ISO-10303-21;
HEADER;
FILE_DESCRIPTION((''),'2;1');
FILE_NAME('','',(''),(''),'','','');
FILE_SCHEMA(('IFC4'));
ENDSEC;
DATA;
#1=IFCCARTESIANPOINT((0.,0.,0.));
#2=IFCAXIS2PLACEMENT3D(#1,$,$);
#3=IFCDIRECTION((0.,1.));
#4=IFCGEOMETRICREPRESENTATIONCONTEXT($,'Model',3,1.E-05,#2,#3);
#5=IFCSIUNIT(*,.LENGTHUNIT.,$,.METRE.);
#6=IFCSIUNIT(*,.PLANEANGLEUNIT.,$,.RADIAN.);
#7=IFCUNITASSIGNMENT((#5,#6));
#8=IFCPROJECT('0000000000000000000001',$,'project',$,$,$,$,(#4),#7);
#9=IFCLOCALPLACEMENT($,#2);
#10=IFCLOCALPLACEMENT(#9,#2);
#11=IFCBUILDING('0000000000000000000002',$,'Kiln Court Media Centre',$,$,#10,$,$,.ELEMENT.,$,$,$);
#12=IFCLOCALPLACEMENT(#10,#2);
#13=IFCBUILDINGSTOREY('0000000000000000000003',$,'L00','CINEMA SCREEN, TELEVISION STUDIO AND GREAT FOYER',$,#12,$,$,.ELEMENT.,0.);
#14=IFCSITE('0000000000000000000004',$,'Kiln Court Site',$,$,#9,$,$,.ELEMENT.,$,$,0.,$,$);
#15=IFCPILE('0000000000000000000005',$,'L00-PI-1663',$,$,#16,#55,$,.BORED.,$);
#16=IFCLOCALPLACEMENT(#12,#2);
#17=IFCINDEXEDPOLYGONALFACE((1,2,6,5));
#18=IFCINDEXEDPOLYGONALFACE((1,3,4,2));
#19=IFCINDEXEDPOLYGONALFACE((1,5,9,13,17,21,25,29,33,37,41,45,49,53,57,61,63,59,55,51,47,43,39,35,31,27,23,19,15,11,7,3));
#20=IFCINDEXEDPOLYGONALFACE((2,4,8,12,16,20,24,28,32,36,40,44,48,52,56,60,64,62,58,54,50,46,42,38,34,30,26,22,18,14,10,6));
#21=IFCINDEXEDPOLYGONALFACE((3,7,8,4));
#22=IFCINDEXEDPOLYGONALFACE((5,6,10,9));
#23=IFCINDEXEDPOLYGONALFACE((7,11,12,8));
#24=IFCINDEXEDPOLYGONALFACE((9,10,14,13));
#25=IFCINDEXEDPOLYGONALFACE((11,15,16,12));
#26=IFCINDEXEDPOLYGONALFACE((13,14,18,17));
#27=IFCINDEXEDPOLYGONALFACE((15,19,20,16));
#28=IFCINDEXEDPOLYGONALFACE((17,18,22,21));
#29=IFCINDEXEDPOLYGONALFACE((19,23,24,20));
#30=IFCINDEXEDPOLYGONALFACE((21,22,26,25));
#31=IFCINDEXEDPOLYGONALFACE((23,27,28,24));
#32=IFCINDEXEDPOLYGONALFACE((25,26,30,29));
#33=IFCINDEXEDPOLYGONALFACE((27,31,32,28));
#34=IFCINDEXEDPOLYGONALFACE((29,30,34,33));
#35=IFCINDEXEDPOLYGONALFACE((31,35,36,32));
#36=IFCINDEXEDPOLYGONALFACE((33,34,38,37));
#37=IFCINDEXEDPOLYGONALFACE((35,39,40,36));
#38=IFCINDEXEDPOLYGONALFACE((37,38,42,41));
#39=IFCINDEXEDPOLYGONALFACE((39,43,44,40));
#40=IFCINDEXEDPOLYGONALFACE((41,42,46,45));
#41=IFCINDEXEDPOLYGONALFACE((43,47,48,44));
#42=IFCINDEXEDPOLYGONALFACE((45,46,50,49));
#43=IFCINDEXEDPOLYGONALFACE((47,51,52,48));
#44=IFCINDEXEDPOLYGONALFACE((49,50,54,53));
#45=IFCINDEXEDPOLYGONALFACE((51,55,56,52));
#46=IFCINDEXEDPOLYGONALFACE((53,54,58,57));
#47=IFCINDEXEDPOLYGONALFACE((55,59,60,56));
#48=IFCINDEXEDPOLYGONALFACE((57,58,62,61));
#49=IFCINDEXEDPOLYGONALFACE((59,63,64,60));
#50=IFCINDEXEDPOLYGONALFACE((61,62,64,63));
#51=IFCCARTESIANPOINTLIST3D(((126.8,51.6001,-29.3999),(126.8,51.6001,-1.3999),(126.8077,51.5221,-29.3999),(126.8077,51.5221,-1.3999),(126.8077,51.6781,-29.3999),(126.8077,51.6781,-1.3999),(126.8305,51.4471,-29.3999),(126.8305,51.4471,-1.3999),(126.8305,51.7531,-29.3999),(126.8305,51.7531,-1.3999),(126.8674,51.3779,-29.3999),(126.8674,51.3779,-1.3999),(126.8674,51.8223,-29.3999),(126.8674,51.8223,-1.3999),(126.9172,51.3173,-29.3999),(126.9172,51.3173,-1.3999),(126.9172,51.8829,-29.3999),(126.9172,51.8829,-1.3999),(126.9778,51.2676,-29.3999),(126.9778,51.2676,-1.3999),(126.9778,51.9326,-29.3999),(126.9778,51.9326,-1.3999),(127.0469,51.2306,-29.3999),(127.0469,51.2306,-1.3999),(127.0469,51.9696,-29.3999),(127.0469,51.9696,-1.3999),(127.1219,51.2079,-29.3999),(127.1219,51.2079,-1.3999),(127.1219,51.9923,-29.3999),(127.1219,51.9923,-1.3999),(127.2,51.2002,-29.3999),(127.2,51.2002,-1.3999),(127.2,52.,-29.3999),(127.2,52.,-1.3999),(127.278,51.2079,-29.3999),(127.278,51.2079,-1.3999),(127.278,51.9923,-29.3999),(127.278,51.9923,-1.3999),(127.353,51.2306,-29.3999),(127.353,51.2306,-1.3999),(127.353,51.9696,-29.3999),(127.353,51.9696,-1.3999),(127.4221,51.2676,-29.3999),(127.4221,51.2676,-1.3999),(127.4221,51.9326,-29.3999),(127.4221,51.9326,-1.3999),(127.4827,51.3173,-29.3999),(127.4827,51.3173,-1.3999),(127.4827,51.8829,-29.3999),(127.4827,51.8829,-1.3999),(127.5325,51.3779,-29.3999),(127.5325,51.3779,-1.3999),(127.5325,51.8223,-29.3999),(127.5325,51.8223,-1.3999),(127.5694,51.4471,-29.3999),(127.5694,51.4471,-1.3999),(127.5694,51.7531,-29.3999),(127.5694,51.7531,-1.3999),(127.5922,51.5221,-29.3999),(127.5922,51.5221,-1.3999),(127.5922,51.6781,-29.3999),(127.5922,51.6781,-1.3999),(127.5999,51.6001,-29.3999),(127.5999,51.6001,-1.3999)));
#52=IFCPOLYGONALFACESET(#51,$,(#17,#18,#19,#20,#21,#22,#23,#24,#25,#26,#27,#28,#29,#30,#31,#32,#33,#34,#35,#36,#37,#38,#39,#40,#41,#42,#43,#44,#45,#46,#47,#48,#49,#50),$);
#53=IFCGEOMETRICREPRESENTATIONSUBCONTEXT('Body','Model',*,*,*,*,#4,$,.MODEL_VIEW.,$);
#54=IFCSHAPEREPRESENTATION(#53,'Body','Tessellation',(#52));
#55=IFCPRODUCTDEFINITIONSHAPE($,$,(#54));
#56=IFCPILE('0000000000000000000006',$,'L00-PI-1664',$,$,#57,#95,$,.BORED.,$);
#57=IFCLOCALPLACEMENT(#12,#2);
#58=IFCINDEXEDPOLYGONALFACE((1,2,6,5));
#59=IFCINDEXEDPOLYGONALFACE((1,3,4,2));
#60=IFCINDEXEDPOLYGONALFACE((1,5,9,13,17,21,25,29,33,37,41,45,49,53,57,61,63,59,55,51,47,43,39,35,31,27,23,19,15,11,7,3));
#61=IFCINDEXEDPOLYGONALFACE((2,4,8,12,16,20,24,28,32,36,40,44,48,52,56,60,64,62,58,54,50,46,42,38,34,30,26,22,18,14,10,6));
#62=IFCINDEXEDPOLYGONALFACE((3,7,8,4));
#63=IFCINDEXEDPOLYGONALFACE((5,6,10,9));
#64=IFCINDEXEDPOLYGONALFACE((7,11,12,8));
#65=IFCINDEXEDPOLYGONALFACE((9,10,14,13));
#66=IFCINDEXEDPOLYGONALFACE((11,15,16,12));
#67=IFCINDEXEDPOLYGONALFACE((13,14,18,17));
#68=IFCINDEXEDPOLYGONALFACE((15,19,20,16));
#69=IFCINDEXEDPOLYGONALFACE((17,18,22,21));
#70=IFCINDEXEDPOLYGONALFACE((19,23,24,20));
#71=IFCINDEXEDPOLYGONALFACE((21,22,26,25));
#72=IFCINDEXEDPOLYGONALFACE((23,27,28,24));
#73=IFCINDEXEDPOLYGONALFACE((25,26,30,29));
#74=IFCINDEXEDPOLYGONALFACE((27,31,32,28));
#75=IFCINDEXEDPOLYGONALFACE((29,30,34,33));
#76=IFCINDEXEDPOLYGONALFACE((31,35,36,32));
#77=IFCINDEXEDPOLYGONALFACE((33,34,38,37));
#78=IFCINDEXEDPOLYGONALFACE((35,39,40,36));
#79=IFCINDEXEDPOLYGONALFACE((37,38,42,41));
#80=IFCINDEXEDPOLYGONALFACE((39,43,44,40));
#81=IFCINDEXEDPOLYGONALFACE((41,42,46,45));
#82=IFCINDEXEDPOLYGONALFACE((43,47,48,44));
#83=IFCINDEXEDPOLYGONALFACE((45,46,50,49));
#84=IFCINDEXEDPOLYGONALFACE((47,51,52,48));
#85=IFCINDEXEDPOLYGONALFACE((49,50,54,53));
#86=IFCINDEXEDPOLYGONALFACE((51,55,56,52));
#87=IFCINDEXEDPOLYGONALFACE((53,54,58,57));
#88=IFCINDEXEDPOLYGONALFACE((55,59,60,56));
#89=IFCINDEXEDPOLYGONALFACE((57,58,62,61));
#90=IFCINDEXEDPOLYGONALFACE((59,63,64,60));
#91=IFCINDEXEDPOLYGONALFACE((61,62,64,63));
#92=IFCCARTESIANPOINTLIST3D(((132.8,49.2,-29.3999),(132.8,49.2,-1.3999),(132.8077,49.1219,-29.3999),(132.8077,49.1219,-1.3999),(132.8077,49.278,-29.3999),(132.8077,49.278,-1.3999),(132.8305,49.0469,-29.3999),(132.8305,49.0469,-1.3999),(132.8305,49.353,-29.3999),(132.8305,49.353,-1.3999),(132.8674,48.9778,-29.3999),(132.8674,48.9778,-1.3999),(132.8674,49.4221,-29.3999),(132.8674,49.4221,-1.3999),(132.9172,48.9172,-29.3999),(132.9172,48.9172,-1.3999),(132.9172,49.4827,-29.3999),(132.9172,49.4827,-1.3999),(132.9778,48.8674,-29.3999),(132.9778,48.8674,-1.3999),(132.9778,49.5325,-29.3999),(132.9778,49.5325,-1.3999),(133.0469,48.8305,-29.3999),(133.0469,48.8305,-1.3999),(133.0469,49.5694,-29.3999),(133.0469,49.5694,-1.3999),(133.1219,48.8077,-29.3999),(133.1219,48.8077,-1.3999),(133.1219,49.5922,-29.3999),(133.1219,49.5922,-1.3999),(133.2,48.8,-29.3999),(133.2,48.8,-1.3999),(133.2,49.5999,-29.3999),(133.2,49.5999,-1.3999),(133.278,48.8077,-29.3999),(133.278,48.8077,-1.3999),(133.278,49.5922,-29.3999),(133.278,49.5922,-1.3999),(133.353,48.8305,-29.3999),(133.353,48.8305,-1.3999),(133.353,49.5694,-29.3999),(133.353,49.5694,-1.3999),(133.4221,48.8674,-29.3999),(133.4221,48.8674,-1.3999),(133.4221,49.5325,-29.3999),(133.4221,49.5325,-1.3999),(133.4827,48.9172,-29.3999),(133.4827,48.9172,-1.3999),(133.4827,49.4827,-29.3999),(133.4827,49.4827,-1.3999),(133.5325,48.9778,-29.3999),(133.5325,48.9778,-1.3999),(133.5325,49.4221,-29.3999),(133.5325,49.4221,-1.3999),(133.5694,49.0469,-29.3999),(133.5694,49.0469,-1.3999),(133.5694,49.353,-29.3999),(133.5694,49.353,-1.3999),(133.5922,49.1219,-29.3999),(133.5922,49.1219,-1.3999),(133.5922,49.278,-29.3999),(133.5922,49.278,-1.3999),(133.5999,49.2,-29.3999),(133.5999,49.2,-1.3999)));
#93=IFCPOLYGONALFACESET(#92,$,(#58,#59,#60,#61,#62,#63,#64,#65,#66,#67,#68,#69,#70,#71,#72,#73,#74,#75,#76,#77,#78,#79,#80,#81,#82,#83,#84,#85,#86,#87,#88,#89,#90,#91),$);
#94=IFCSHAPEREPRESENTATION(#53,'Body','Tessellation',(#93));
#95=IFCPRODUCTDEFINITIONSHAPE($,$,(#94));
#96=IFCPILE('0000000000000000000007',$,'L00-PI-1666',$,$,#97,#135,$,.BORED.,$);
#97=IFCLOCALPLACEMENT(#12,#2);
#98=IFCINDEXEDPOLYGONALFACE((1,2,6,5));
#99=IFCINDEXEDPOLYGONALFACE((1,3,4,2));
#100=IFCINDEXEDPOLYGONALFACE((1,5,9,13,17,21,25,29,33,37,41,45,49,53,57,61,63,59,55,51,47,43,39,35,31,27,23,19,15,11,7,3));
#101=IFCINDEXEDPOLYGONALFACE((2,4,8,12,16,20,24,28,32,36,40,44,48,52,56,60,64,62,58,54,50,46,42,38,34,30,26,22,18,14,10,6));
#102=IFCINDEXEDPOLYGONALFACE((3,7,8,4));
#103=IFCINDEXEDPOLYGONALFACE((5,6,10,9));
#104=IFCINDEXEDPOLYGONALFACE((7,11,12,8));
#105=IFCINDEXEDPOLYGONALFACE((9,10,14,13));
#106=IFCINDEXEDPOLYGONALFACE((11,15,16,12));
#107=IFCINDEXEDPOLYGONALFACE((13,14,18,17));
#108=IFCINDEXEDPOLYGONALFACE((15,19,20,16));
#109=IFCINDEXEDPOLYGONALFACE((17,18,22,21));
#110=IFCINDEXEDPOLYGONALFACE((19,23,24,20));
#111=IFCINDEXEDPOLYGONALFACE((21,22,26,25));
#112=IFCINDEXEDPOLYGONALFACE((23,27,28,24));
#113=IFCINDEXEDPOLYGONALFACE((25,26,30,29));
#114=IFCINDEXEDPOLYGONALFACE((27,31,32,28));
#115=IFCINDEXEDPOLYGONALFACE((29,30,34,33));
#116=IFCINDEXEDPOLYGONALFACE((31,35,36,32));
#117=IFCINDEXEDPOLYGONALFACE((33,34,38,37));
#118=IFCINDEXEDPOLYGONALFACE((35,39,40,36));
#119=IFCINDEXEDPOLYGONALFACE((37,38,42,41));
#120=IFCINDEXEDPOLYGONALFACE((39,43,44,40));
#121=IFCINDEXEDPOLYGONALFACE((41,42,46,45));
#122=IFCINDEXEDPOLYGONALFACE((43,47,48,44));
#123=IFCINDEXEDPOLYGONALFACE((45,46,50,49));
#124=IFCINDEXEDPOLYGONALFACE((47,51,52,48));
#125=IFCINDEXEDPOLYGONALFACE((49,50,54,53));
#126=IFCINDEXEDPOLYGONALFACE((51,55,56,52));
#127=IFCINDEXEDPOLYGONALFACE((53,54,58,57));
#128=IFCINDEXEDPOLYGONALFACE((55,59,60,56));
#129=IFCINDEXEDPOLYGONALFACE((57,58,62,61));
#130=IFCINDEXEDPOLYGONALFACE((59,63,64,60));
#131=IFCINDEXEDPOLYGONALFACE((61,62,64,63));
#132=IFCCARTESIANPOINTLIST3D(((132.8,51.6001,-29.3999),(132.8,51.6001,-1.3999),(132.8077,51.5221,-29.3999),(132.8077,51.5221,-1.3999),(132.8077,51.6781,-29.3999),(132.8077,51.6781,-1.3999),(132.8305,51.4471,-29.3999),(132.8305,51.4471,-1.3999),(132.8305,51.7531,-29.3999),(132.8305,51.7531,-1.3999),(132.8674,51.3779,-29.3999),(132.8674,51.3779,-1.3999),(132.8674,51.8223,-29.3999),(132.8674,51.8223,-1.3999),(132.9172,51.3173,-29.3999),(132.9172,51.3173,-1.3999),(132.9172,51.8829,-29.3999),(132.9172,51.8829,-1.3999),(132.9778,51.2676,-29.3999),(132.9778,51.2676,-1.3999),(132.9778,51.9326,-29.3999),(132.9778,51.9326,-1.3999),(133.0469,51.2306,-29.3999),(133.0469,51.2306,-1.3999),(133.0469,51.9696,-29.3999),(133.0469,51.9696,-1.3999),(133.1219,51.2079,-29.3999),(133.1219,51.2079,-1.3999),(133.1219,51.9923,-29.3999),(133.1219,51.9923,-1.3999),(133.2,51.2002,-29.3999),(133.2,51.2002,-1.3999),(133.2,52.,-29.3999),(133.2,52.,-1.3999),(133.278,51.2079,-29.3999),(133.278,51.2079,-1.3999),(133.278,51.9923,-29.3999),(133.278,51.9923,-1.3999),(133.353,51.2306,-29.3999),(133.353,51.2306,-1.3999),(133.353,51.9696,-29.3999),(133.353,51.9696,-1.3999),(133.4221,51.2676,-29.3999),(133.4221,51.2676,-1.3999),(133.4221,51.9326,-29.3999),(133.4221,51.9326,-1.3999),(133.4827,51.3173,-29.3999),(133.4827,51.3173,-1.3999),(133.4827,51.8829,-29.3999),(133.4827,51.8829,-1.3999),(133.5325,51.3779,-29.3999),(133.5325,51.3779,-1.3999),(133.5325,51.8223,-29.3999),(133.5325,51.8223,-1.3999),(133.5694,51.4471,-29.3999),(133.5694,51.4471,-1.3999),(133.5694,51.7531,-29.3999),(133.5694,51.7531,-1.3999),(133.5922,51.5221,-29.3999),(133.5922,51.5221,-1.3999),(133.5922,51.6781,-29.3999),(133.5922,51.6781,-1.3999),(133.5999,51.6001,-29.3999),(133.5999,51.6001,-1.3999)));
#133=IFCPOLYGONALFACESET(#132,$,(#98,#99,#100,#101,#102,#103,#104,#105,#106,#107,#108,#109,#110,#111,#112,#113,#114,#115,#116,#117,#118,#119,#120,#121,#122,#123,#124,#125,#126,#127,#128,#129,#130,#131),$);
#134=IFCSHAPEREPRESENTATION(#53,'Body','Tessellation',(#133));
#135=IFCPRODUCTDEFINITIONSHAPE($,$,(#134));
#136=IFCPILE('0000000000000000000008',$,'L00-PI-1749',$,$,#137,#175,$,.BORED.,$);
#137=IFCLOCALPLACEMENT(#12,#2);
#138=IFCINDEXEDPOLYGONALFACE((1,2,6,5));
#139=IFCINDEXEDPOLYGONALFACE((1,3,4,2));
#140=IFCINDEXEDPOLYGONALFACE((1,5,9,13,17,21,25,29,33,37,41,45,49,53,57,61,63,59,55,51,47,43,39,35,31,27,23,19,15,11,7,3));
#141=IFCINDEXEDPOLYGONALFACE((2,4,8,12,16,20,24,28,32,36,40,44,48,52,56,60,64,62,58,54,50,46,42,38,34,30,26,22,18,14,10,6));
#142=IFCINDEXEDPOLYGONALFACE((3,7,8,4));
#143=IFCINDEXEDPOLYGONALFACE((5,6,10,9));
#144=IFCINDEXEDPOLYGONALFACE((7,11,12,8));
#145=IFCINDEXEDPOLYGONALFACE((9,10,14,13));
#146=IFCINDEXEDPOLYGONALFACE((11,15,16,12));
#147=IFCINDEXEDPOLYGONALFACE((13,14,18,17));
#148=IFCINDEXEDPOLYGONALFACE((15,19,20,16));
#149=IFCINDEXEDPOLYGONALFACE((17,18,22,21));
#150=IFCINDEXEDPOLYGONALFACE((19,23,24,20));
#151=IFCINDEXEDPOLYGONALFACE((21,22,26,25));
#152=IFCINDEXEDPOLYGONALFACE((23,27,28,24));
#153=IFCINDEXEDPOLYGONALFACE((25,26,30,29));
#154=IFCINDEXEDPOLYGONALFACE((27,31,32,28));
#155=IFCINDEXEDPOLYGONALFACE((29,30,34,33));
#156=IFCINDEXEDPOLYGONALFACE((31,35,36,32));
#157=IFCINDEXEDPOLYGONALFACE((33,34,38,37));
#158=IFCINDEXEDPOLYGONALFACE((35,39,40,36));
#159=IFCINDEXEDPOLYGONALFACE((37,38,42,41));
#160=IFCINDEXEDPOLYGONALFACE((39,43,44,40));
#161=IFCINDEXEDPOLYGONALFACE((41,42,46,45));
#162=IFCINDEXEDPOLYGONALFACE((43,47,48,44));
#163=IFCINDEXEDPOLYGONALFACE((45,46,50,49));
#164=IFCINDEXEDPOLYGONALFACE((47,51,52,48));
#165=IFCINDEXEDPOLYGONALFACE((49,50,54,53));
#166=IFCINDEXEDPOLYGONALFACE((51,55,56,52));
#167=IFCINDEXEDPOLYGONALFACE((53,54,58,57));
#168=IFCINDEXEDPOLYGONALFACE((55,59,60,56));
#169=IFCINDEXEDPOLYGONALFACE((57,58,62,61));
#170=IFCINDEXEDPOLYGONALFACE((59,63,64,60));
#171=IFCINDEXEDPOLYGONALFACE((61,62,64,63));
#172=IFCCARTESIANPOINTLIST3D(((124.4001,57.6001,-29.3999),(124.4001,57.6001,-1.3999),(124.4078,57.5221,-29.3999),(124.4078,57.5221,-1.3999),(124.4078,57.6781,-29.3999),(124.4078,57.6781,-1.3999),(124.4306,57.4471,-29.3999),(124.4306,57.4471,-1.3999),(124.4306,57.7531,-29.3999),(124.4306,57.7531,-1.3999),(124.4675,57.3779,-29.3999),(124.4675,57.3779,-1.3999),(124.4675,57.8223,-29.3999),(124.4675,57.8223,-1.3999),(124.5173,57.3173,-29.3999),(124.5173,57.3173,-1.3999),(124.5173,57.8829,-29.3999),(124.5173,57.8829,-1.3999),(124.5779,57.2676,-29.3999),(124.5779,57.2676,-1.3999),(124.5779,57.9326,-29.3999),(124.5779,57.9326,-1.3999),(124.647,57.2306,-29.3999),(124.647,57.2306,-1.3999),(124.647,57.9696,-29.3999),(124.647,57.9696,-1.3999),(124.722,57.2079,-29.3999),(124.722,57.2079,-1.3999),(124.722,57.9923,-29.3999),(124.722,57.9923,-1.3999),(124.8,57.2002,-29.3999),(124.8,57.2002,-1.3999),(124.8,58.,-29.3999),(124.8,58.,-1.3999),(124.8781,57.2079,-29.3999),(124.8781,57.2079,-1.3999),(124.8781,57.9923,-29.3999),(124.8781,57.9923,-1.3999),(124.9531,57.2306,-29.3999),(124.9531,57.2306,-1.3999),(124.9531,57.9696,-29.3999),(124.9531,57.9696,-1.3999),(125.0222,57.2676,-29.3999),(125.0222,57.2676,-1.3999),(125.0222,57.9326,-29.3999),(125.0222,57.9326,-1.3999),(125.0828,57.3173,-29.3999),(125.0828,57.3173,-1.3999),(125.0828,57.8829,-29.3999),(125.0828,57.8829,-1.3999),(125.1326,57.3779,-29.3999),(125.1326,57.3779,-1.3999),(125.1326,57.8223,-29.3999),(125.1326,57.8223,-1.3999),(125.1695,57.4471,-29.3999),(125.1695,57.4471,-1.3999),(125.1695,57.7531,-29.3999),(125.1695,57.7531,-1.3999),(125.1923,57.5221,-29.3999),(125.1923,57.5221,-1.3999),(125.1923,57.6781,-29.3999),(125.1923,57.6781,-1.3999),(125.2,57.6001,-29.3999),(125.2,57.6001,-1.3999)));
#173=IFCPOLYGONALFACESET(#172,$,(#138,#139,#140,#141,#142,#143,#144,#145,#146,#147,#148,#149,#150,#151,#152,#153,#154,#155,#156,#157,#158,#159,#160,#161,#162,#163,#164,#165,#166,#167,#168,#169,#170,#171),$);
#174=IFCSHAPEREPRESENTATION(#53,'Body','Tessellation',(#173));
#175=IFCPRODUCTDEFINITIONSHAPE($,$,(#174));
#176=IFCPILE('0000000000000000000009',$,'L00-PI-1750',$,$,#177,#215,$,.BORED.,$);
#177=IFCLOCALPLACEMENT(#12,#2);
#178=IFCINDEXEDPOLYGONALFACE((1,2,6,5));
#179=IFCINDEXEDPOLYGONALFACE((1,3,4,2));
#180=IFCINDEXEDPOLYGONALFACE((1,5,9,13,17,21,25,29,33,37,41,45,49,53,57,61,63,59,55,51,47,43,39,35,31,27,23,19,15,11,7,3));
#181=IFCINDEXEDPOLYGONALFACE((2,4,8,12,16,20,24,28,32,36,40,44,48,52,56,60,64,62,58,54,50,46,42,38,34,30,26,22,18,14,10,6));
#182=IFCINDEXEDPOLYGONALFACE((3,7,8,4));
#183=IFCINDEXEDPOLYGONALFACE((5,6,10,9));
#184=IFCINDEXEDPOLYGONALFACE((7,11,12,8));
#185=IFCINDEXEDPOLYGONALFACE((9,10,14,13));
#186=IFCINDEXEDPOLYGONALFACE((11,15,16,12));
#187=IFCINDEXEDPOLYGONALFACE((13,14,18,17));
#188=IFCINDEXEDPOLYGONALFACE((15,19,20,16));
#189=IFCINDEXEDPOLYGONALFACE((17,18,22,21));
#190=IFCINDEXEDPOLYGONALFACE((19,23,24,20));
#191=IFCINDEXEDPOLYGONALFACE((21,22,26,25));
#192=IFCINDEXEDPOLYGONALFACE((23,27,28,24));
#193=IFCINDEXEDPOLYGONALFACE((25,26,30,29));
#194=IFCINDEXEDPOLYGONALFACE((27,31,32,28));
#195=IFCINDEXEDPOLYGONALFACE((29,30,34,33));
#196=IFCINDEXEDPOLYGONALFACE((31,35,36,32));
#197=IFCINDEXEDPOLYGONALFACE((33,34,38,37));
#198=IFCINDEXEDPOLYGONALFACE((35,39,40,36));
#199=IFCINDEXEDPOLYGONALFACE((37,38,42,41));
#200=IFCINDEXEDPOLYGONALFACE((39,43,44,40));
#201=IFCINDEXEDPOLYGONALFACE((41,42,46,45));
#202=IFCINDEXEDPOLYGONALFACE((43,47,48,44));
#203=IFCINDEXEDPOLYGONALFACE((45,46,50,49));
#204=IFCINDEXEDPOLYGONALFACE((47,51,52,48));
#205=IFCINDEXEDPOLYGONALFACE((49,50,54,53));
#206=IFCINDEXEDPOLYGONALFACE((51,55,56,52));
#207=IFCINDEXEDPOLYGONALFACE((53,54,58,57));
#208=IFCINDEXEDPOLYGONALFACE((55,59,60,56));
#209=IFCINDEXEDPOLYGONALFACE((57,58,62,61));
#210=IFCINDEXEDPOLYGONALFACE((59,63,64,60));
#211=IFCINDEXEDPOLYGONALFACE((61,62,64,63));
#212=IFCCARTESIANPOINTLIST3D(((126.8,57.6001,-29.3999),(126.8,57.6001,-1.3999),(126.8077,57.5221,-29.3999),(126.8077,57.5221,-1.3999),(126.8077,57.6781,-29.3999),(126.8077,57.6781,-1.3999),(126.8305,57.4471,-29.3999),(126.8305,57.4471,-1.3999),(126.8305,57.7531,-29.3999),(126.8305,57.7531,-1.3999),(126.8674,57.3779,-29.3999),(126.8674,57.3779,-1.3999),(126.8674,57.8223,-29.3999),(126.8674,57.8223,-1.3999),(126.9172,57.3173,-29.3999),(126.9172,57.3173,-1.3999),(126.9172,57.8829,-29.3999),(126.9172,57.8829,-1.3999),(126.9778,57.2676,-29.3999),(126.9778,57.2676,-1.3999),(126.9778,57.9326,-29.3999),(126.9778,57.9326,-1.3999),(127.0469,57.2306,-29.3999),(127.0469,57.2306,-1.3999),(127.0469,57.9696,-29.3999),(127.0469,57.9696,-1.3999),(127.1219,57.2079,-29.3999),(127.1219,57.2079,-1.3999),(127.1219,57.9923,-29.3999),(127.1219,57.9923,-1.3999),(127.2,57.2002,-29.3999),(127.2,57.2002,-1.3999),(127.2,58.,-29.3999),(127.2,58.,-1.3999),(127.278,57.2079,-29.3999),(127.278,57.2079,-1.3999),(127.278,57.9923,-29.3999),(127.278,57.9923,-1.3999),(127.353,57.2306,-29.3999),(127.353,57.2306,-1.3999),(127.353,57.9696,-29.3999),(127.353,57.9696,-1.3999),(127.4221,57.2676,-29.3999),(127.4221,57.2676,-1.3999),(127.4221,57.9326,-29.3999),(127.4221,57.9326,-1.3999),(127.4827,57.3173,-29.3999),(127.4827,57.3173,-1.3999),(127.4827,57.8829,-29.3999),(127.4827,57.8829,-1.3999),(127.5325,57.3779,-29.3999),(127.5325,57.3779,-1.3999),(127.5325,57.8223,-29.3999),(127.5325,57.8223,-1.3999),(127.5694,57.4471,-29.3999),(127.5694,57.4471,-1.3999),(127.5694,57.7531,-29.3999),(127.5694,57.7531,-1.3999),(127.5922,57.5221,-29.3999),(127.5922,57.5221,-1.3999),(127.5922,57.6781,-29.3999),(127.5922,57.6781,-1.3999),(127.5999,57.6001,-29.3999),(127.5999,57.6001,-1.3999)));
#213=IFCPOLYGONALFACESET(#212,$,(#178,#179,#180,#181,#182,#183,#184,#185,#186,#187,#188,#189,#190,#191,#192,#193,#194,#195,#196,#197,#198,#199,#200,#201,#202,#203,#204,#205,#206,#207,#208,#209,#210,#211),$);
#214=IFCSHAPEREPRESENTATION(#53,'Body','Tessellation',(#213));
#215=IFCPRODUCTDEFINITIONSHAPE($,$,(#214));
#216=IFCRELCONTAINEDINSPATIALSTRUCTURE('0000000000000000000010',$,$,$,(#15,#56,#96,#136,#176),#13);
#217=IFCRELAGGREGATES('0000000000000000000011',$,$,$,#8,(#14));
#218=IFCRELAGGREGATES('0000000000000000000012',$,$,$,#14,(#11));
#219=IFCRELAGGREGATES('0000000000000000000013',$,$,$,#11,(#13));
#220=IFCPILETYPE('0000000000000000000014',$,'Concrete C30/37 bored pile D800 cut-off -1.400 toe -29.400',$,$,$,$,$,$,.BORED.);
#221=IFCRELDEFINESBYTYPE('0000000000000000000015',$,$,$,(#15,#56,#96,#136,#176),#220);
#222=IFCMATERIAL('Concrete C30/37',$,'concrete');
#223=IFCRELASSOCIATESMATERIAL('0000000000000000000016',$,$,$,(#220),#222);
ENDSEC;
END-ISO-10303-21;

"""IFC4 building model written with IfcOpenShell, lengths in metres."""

from ifc_helpers import new_model, si_unit, direction, frame, origin, origin_2d, place, context, subcontext, project, spatial, circle, extrude, material, material_profile, profile_set, type_object, element, save


model = new_model("IFC4")

# Units and contexts
model_context = context("Model", 3, precision=1e-05, world=origin(), true_north=direction((0.0, 1.0)))
body_context = subcontext(model_context, "Body", "Model", "MODEL_VIEW")
ifc_project = project(units=[si_unit("LENGTHUNIT", "METRE"), si_unit("PLANEANGLEUNIT", "RADIAN")], contexts=[model_context])

# Site, building, storey
site_placement = place(None, origin())
site = spatial("IfcSite", under=ifc_project, at=site_placement, Name="Kiln Court Site", CompositionType="ELEMENT", RefElevation=0.0)
building_placement = place(site_placement, origin())
building = spatial("IfcBuilding", under=site, at=building_placement, Name="Kiln Court Media Centre", CompositionType="ELEMENT")
storey_placement = place(building_placement, origin())
storey = spatial("IfcBuildingStorey", under=building, at=storey_placement, Name="L00", Description="CINEMA SCREEN, TELEVISION STUDIO AND GREAT FOYER", CompositionType="ELEMENT", Elevation=0.0)

# Piles
ifc_material_1 = material(Name="Concrete C30/37", Category="concrete")
ifc_material_profile_1 = material_profile(ifc_material_1, circle(Radius=0.3999, at=origin_2d()), Name="PILE D800")
ifc_profile_set_1 = profile_set([ifc_material_profile_1], Name="Concrete C30/37")
pile_type = type_object("IfcPileType", Name="Concrete C30/37 bored pile D800 cut-off -1.400 toe -29.400", PredefinedType="BORED", material=ifc_profile_set_1)
for number, where, z_axis, x_axis, name in (
    (1, (127.2, 51.6001, -1.3999), (0.0, 0.0, -1.0), (1.0, 0.0, 0.0), "L00-PI-1663"),
    (2, (133.2, 49.2, -1.3999), (0.0, 0.0, -1.0), (1.0, 0.0, 0.0), "L00-PI-1664"),
    (3, (133.2, 51.6001, -1.3999), (0.0, 0.0, -1.0), (1.0, 0.0, 0.0), "L00-PI-1666"),
    (4, (124.8, 57.6001, -1.3999), (0.0, 0.0, -1.0), (1.0, 0.0, 0.0), "L00-PI-1749"),
    (5, (127.2, 57.6001, -1.3999), (0.0, 0.0, -1.0), (1.0, 0.0, 0.0), "L00-PI-1750"),
):
    element("IfcPile", number, at=place(storey_placement, frame(where, z_axis=z_axis, x_axis=x_axis)), inside=storey, type_object=pile_type, Name=name, PredefinedType="BORED", context=body_context, shape_type="SweptSolid", body=[
        extrude(circle(Radius=0.3999, at=origin_2d()), origin(), (0.0, 0.0, 1.0), 28.0),
    ])

save(model, "model.ifc")
